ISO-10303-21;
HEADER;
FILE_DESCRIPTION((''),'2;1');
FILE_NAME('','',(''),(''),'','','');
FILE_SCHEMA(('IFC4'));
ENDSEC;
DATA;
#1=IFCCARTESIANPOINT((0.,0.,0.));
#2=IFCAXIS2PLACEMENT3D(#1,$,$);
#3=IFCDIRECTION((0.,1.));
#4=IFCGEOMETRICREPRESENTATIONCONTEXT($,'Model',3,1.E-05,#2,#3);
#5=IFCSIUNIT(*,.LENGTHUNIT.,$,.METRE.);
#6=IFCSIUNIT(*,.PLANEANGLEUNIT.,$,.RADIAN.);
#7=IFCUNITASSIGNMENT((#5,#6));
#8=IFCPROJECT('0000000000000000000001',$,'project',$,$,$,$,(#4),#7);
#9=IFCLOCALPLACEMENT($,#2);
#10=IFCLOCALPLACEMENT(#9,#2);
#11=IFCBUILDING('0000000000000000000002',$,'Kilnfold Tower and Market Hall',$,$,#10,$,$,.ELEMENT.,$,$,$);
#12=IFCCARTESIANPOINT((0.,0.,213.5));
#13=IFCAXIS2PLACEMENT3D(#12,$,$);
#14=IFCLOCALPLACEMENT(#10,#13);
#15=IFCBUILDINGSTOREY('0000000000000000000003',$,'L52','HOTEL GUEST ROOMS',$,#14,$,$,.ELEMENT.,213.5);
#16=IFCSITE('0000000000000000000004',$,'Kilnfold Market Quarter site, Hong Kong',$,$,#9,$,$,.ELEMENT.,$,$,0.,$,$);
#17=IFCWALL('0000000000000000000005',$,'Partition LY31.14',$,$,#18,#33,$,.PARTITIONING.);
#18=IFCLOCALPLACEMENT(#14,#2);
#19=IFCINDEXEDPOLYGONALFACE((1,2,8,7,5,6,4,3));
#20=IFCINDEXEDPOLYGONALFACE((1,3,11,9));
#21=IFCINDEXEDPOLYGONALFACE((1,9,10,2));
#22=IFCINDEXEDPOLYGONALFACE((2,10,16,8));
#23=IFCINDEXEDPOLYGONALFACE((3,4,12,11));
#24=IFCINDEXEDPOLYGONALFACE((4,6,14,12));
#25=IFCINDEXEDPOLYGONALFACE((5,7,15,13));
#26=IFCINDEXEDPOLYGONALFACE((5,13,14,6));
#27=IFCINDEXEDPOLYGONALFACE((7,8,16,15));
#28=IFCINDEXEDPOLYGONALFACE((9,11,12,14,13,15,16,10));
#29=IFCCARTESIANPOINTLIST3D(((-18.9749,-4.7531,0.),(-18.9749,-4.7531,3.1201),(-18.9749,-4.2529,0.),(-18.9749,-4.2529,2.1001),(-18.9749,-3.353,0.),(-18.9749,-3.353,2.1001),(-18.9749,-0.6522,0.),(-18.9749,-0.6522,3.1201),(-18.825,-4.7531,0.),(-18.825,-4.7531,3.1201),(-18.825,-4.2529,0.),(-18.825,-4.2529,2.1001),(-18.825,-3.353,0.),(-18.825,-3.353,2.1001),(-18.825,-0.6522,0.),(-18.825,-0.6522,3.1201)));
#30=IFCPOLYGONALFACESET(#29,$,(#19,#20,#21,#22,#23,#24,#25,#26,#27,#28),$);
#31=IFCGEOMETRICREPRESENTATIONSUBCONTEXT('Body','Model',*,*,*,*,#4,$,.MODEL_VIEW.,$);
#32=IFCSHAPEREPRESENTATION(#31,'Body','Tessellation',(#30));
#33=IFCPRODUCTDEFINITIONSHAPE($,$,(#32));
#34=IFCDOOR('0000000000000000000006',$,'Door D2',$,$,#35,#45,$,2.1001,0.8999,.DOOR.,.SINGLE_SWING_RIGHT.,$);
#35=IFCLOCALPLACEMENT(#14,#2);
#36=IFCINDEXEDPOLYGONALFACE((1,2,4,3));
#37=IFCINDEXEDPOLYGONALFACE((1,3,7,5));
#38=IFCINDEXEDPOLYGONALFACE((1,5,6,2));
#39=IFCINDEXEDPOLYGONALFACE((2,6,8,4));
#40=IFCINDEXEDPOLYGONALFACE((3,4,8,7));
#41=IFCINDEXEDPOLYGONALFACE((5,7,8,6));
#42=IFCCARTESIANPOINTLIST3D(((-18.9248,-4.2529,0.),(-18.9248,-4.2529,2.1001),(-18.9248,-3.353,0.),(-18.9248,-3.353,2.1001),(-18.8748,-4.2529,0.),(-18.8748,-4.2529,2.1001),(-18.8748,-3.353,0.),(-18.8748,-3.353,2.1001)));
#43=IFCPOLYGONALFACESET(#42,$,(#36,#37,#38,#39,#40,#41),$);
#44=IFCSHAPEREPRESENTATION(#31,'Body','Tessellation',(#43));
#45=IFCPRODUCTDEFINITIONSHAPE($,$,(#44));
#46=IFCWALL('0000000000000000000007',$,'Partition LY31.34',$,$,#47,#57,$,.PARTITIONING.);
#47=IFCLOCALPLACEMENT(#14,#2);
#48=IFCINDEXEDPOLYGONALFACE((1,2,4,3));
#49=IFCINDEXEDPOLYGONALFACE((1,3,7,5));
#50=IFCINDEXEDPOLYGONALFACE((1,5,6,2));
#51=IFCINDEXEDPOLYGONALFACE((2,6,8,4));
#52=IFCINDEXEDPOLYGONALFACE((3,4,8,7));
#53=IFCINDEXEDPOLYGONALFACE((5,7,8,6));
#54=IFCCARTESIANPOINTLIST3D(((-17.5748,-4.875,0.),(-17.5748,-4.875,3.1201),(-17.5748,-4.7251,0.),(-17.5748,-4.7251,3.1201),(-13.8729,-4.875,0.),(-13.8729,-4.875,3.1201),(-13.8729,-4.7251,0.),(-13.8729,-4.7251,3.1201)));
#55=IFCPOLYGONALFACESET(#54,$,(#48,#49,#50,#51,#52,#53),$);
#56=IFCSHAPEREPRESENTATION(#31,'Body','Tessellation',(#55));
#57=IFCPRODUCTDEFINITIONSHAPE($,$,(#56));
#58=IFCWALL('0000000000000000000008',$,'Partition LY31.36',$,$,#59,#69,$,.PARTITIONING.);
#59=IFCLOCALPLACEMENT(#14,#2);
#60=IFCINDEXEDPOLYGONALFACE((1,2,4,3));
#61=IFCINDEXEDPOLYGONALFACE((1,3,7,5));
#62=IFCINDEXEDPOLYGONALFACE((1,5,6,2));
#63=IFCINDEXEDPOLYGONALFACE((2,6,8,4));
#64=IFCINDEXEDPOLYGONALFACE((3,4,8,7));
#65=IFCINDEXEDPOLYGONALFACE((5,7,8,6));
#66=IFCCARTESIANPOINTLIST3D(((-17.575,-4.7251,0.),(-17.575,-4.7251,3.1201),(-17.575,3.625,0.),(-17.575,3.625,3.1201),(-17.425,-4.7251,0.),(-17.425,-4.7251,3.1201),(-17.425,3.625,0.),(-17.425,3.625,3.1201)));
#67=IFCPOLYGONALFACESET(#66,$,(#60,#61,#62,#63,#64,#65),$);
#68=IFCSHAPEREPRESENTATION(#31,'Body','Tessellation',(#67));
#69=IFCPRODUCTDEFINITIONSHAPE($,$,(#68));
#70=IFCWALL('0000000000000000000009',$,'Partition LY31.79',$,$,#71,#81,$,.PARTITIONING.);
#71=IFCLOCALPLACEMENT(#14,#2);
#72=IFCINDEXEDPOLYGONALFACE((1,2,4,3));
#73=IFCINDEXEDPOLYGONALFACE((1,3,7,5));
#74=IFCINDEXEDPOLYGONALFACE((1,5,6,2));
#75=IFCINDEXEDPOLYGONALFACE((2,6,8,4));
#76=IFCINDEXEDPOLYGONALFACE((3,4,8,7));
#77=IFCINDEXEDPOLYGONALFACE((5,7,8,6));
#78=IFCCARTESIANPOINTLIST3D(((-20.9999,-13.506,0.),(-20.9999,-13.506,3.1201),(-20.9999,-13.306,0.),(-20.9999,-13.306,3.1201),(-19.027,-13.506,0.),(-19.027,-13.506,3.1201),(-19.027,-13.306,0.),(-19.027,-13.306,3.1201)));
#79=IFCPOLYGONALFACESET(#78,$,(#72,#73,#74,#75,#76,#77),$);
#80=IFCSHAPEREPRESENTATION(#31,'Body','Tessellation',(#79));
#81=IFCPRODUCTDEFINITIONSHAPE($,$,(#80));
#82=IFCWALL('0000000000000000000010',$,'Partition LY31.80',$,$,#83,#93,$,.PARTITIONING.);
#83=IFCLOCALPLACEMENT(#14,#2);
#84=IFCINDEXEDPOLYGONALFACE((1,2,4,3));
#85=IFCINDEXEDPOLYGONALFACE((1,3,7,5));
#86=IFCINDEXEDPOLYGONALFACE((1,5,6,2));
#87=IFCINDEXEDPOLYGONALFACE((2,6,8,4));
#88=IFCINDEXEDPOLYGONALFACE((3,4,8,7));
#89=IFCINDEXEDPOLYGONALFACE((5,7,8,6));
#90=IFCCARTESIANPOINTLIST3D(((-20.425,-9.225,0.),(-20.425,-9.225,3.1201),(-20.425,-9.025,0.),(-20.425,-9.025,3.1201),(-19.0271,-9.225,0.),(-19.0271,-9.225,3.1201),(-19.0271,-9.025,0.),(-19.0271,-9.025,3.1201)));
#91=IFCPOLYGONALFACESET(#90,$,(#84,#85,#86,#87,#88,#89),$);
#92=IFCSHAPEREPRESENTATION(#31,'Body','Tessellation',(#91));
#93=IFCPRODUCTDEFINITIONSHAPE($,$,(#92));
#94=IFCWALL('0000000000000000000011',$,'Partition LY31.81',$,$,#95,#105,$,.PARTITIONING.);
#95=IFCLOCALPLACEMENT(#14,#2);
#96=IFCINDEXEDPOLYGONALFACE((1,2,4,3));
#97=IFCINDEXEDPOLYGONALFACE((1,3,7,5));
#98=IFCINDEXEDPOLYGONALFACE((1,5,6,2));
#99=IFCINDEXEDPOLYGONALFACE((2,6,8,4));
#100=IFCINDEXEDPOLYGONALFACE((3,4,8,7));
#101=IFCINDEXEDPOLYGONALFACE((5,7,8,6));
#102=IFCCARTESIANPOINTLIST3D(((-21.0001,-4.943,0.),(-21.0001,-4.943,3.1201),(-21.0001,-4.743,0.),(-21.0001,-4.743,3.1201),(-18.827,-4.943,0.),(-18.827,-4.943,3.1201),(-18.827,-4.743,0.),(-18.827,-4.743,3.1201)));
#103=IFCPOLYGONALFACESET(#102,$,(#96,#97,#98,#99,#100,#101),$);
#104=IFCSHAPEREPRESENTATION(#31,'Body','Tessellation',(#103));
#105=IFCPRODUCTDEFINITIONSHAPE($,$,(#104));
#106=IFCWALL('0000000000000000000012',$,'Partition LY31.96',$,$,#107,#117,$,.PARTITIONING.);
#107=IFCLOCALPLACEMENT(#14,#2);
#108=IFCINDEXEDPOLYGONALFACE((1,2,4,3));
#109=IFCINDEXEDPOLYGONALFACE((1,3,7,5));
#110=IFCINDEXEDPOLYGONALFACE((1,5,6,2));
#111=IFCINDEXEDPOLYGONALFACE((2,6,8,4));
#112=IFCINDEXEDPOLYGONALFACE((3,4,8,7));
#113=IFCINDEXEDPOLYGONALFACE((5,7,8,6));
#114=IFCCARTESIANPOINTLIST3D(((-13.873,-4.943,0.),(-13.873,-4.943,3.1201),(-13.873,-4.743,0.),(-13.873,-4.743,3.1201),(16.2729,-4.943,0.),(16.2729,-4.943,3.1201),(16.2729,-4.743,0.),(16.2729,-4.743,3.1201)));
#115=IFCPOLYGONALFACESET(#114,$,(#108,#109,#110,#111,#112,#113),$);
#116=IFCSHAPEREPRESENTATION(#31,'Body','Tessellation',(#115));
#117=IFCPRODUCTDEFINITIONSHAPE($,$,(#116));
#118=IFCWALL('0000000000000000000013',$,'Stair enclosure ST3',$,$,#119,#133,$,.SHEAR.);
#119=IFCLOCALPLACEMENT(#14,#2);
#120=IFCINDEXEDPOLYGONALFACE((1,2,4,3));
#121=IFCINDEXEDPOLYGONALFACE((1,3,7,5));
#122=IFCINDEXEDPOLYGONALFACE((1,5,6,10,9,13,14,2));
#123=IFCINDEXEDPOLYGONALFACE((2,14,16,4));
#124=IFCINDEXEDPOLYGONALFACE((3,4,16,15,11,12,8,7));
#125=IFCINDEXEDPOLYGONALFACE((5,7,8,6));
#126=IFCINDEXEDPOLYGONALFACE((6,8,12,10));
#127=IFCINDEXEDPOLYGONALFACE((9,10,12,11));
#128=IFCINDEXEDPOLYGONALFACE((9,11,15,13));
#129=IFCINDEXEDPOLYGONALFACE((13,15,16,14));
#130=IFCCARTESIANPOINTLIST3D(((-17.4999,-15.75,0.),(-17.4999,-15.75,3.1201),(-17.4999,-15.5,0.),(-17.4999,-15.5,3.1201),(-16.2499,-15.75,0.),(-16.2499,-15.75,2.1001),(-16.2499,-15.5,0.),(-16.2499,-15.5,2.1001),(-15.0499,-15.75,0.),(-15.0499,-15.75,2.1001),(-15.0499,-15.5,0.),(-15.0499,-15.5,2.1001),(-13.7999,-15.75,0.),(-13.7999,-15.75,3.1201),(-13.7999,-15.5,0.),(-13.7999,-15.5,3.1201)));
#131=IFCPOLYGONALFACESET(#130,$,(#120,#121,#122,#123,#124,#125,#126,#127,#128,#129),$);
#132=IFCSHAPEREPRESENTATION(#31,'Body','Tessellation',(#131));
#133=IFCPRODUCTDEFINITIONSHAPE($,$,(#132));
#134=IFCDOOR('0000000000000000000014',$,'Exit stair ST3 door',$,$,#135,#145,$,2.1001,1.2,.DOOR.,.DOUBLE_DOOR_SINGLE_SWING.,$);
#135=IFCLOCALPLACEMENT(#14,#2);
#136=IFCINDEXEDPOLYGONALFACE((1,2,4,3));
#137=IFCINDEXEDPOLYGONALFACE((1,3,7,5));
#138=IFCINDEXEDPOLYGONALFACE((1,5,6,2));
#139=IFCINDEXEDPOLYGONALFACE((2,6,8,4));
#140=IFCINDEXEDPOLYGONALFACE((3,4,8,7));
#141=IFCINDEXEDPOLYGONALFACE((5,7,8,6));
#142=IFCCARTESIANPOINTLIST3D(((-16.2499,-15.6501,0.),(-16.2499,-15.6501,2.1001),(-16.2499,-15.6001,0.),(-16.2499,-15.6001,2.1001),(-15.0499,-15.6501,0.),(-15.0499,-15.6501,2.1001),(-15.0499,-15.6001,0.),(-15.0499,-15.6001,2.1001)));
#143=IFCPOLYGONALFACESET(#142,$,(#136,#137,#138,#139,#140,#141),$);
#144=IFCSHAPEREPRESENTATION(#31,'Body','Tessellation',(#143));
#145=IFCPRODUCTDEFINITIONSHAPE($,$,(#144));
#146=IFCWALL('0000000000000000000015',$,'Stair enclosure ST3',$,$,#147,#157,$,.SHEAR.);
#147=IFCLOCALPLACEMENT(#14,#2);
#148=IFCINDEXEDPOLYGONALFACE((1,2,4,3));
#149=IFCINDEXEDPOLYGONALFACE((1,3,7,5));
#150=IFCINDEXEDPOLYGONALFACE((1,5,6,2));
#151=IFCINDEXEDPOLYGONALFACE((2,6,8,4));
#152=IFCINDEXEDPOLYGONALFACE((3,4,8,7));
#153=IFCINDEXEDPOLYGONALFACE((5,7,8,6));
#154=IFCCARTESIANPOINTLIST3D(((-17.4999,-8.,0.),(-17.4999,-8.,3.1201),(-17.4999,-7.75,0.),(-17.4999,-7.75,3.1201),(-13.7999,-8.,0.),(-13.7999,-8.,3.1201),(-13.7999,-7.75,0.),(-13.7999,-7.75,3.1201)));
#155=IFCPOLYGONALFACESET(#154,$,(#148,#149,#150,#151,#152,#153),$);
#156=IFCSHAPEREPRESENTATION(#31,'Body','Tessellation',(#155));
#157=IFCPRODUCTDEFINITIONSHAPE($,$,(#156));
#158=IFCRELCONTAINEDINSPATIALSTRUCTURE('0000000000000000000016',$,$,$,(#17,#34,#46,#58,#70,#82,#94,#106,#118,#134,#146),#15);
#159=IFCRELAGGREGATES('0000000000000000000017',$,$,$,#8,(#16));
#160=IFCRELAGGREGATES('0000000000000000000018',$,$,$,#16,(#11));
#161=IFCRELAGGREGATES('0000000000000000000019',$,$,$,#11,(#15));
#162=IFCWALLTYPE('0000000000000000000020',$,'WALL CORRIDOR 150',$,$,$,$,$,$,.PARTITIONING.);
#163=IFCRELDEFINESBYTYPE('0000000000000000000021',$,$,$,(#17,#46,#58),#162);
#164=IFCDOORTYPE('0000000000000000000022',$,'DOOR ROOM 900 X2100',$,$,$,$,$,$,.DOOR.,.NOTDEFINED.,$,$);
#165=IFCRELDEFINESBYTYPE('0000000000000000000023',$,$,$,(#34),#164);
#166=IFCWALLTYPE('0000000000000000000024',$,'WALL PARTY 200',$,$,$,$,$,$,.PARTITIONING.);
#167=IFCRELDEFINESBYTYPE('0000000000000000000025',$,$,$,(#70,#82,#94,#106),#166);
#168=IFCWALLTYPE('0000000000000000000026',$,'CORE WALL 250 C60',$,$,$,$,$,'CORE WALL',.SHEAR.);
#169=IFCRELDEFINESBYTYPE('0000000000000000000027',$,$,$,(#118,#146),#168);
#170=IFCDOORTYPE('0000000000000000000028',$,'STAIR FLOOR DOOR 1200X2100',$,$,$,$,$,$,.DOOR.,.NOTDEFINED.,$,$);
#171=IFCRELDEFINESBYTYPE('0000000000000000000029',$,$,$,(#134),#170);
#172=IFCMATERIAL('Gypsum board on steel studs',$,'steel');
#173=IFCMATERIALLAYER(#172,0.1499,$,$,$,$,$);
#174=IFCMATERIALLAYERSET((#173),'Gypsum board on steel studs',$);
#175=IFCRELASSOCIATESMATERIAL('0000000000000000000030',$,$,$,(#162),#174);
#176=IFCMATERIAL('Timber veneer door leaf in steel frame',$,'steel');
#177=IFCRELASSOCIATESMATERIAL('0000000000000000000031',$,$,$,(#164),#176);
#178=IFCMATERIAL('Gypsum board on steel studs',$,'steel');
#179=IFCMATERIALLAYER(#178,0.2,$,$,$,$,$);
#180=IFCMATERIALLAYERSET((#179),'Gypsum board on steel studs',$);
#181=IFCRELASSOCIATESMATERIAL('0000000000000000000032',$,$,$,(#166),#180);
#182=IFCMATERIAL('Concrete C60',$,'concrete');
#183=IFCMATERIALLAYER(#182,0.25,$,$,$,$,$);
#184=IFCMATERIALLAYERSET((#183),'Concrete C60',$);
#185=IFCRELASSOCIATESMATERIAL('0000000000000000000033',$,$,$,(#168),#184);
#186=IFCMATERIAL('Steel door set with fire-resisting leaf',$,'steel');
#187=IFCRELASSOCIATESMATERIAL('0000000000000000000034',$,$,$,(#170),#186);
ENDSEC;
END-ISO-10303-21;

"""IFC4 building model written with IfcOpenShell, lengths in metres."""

from ifc_helpers import new_model, si_unit, direction, frame, frame_2d, origin, place, context, subcontext, project, spatial, rectangle, extrude, source, transform, mapped, material, layer, layer_set, type_object, element, fill, save


model = new_model("IFC4")

# Units and contexts
model_context = context("Model", 3, precision=1e-05, world=origin(), true_north=direction((0.0, 1.0)))
body_context = subcontext(model_context, "Body", "Model", "MODEL_VIEW")
ifc_project = project(units=[si_unit("LENGTHUNIT", "METRE"), si_unit("PLANEANGLEUNIT", "RADIAN")], contexts=[model_context])

# Site, building, storey
site_placement = place(None, origin())
site = spatial("IfcSite", under=ifc_project, at=site_placement, Name="Kilnfold Market Quarter site, Hong Kong", CompositionType="ELEMENT", RefElevation=0.0)
building_placement = place(site_placement, origin())
building = spatial("IfcBuilding", under=site, at=building_placement, Name="Kilnfold Tower and Market Hall", CompositionType="ELEMENT")
storey_placement = place(building_placement, frame((0.0, 0.0, 213.5)))
storey = spatial("IfcBuildingStorey", under=building, at=storey_placement, Name="L52", Description="HOTEL GUEST ROOMS", CompositionType="ELEMENT", Elevation=213.5)

# Shared definitions
ifc_material_1 = material(Name="Gypsum board on steel studs", Category="steel")
ifc_layer_1 = layer(ifc_material_1, 0.1499)
ifc_layer_set_1 = layer_set([ifc_layer_1], Name="Gypsum board on steel studs")
wall_type_1 = type_object("IfcWallType", Name="WALL CORRIDOR 150", PredefinedType="PARTITIONING", material=ifc_layer_set_1)
ifc_material_2 = material(Name="Timber veneer door leaf in steel frame", Category="steel")
door_type_1 = type_object("IfcDoorType", Name="DOOR ROOM 900 X2100", OperationType="NOTDEFINED", PredefinedType="DOOR", material=ifc_material_2)

# Wall, opening, door
wall_1_placement = place(storey_placement, frame((-18.8999, -4.7529, 0.0), z_axis=(0.0, 0.0, 1.0), x_axis=(0.0, 1.0, 0.0)))
wall_1 = element("IfcWall", 1, at=wall_1_placement, inside=storey, type_object=wall_type_1, Name="Partition LY31.14", PredefinedType="PARTITIONING", context=body_context, shape_type="SweptSolid", body=[
    extrude(rectangle(XDim=4.1008, YDim=0.1499, at=frame_2d((2.0503, 0.0))), origin(), (0.0, 0.0, 1.0), 3.1201),
])
opening_1_placement = place(wall_1_placement, frame((0.5, 0.0, 0.0)))
opening_1 = element("IfcOpeningElement", 2, at=opening_1_placement, cuts=wall_1, PredefinedType="OPENING", context=body_context, shape_type="SweptSolid", body=[
    extrude(rectangle(XDim=0.8999, YDim=2.1001, at=frame_2d((0.45, 1.05))), frame((0.0, 0.085, 0.0), z_axis=(0.0, -1.0, 0.0), x_axis=(1.0, 0.0, 0.0)), (0.0, 0.0, 1.0), 0.1699),
])
door_1_placement = place(opening_1_placement, origin())
door_1 = element("IfcDoor", 3, at=door_1_placement, inside=storey, type_object=door_type_1, Name="Door D2", OperationType="SINGLE_SWING_RIGHT", OverallHeight=2.1001, OverallWidth=0.8999, PredefinedType="DOOR", context=body_context, shape_type="SweptSolid", body=[
    extrude(rectangle(XDim=0.8999, YDim=2.1001, at=frame_2d((0.45, 1.05))), frame((0.0, 0.0249, 0.0), z_axis=(0.0, -1.0, 0.0), x_axis=(1.0, 0.0, 0.0)), (0.0, 0.0, 1.0), 0.05),
])
fill(opening_1, door_1)

# Walls
wall_2_placement = place(storey_placement, frame((-17.575, -4.8, 0.0), z_axis=(0.0, 0.0, 1.0), x_axis=(1.0, 0.0, 0.0)))
element("IfcWall", 4, at=wall_2_placement, inside=storey, type_object=wall_type_1, Name="Partition LY31.34", PredefinedType="PARTITIONING", context=body_context, shape_type="SweptSolid", body=[
    extrude(rectangle(XDim=3.7019, YDim=0.1499, at=frame_2d((1.8511, 0.0))), origin(), (0.0, 0.0, 1.0), 3.1201),
])
wall_3_placement = place(storey_placement, frame((-17.5, -4.7251, 0.0), z_axis=(0.0, 0.0, 1.0), x_axis=(0.0, 1.0, 0.0)))
element("IfcWall", 5, at=wall_3_placement, inside=storey, type_object=wall_type_1, Name="Partition LY31.36", PredefinedType="PARTITIONING", context=body_context, shape_type="SweptSolid", body=[
    extrude(rectangle(XDim=8.3501, YDim=0.1499, at=frame_2d((4.175, 0.0))), origin(), (0.0, 0.0, 1.0), 3.1201),
])
ifc_material_3 = material(Name="Gypsum board on steel studs", Category="steel")
ifc_layer_2 = layer(ifc_material_3, 0.2)
ifc_layer_set_2 = layer_set([ifc_layer_2], Name="Gypsum board on steel studs")
wall_type_2 = type_object("IfcWallType", Name="WALL PARTY 200", PredefinedType="PARTITIONING", material=ifc_layer_set_2)
wall_4_placement = place(storey_placement, frame((-19.0271, -13.406, 0.0), z_axis=(0.0, 0.0, 1.0), x_axis=(-1.0, 0.0, 0.0)))
element("IfcWall", 6, at=wall_4_placement, inside=storey, type_object=wall_type_2, Name="Partition LY31.79", PredefinedType="PARTITIONING", context=body_context, shape_type="SweptSolid", body=[
    extrude(rectangle(XDim=1.9729, YDim=0.2, at=frame_2d((0.9863, 0.0))), origin(), (0.0, 0.0, 1.0), 3.1201),
])
wall_5_placement = place(storey_placement, frame((-20.425, -9.125, 0.0), z_axis=(0.0, 0.0, 1.0), x_axis=(1.0, 0.0, 0.0)))
element("IfcWall", 7, at=wall_5_placement, inside=storey, type_object=wall_type_2, Name="Partition LY31.80", PredefinedType="PARTITIONING", context=body_context, shape_type="SweptSolid", body=[
    extrude(rectangle(XDim=1.3979, YDim=0.2, at=frame_2d((0.699, 0.0))), origin(), (0.0, 0.0, 1.0), 3.1201),
])
wall_6_placement = place(storey_placement, frame((-21.0, -4.843, 0.0), z_axis=(0.0, 0.0, 1.0), x_axis=(1.0, 0.0, 0.0)))
element("IfcWall", 8, at=wall_6_placement, inside=storey, type_object=wall_type_2, Name="Partition LY31.81", PredefinedType="PARTITIONING", context=body_context, shape_type="SweptSolid", body=[
    extrude(rectangle(XDim=2.1731, YDim=0.2, at=frame_2d((1.0864, 0.0))), origin(), (0.0, 0.0, 1.0), 3.1201),
])
wall_7_placement = place(storey_placement, frame((-13.873, -4.843, 0.0), z_axis=(0.0, 0.0, 1.0), x_axis=(1.0, 0.0, 0.0)))
element("IfcWall", 9, at=wall_7_placement, inside=storey, type_object=wall_type_2, Name="Partition LY31.96", PredefinedType="PARTITIONING", context=body_context, shape_type="SweptSolid", body=[
    extrude(rectangle(XDim=30.146, YDim=0.2, at=frame_2d((15.073, 0.0))), origin(), (0.0, 0.0, 1.0), 3.1201),
])

# Wall, opening, door
ifc_material_4 = material(Name="Concrete C60", Category="concrete")
ifc_layer_3 = layer(ifc_material_4, 0.25)
ifc_layer_set_3 = layer_set([ifc_layer_3], Name="Concrete C60")
wall_type_3 = type_object("IfcWallType", Name="CORE WALL 250 C60", ElementType="CORE WALL", PredefinedType="SHEAR", material=ifc_layer_set_3)
shared_shape_1 = source(origin(), body_context, "Body", "SweptSolid", [
    extrude(rectangle(XDim=3.7, YDim=0.25, at=frame_2d((1.8501, 0.0))), origin(), (0.0, 0.0, 1.0), 3.1201),
])
wall_8_placement = place(storey_placement, frame((-17.5, -15.625, 0.0), z_axis=(0.0, 0.0, 1.0), x_axis=(1.0, 0.0, 0.0)))
wall_8 = element("IfcWall", 10, at=wall_8_placement, inside=storey, type_object=wall_type_3, Name="Stair enclosure ST3", PredefinedType="SHEAR", context=body_context, shape_type="MappedRepresentation", body=[
    mapped(shared_shape_1, transform((0.0, 0.0, 0.0))),
])
opening_2_placement = place(wall_8_placement, frame((1.25, 0.0, 0.0)))
opening_2 = element("IfcOpeningElement", 11, at=opening_2_placement, cuts=wall_8, PredefinedType="OPENING", context=body_context, shape_type="SweptSolid", body=[
    extrude(rectangle(XDim=1.2, YDim=2.1001, at=frame_2d((0.6001, 1.05))), frame((0.0, 0.135, 0.0), z_axis=(0.0, -1.0, 0.0), x_axis=(1.0, 0.0, 0.0)), (0.0, 0.0, 1.0), 0.27),
])
ifc_material_5 = material(Name="Steel door set with fire-resisting leaf", Category="steel")
door_type_2 = type_object("IfcDoorType", Name="STAIR FLOOR DOOR 1200X2100", OperationType="NOTDEFINED", PredefinedType="DOOR", material=ifc_material_5)
door_2_placement = place(opening_2_placement, origin())
door_2 = element("IfcDoor", 12, at=door_2_placement, inside=storey, type_object=door_type_2, Name="Exit stair ST3 door", OperationType="DOUBLE_DOOR_SINGLE_SWING", OverallHeight=2.1001, OverallWidth=1.2, PredefinedType="DOOR", context=body_context, shape_type="SweptSolid", body=[
    extrude(rectangle(XDim=1.2, YDim=2.1001, at=frame_2d((0.6001, 1.05))), frame((0.0, 0.0249, 0.0), z_axis=(0.0, -1.0, 0.0), x_axis=(1.0, 0.0, 0.0)), (0.0, 0.0, 1.0), 0.05),
])
fill(opening_2, door_2)

# Wall
wall_9_placement = place(storey_placement, frame((-17.5, -7.875, 0.0), z_axis=(0.0, 0.0, 1.0), x_axis=(1.0, 0.0, 0.0)))
element("IfcWall", 13, at=wall_9_placement, inside=storey, type_object=wall_type_3, Name="Stair enclosure ST3", PredefinedType="SHEAR", context=body_context, shape_type="MappedRepresentation", body=[
    mapped(shared_shape_1, transform((0.0, 0.0, 0.0))),
])

save(model, "model.ifc")
